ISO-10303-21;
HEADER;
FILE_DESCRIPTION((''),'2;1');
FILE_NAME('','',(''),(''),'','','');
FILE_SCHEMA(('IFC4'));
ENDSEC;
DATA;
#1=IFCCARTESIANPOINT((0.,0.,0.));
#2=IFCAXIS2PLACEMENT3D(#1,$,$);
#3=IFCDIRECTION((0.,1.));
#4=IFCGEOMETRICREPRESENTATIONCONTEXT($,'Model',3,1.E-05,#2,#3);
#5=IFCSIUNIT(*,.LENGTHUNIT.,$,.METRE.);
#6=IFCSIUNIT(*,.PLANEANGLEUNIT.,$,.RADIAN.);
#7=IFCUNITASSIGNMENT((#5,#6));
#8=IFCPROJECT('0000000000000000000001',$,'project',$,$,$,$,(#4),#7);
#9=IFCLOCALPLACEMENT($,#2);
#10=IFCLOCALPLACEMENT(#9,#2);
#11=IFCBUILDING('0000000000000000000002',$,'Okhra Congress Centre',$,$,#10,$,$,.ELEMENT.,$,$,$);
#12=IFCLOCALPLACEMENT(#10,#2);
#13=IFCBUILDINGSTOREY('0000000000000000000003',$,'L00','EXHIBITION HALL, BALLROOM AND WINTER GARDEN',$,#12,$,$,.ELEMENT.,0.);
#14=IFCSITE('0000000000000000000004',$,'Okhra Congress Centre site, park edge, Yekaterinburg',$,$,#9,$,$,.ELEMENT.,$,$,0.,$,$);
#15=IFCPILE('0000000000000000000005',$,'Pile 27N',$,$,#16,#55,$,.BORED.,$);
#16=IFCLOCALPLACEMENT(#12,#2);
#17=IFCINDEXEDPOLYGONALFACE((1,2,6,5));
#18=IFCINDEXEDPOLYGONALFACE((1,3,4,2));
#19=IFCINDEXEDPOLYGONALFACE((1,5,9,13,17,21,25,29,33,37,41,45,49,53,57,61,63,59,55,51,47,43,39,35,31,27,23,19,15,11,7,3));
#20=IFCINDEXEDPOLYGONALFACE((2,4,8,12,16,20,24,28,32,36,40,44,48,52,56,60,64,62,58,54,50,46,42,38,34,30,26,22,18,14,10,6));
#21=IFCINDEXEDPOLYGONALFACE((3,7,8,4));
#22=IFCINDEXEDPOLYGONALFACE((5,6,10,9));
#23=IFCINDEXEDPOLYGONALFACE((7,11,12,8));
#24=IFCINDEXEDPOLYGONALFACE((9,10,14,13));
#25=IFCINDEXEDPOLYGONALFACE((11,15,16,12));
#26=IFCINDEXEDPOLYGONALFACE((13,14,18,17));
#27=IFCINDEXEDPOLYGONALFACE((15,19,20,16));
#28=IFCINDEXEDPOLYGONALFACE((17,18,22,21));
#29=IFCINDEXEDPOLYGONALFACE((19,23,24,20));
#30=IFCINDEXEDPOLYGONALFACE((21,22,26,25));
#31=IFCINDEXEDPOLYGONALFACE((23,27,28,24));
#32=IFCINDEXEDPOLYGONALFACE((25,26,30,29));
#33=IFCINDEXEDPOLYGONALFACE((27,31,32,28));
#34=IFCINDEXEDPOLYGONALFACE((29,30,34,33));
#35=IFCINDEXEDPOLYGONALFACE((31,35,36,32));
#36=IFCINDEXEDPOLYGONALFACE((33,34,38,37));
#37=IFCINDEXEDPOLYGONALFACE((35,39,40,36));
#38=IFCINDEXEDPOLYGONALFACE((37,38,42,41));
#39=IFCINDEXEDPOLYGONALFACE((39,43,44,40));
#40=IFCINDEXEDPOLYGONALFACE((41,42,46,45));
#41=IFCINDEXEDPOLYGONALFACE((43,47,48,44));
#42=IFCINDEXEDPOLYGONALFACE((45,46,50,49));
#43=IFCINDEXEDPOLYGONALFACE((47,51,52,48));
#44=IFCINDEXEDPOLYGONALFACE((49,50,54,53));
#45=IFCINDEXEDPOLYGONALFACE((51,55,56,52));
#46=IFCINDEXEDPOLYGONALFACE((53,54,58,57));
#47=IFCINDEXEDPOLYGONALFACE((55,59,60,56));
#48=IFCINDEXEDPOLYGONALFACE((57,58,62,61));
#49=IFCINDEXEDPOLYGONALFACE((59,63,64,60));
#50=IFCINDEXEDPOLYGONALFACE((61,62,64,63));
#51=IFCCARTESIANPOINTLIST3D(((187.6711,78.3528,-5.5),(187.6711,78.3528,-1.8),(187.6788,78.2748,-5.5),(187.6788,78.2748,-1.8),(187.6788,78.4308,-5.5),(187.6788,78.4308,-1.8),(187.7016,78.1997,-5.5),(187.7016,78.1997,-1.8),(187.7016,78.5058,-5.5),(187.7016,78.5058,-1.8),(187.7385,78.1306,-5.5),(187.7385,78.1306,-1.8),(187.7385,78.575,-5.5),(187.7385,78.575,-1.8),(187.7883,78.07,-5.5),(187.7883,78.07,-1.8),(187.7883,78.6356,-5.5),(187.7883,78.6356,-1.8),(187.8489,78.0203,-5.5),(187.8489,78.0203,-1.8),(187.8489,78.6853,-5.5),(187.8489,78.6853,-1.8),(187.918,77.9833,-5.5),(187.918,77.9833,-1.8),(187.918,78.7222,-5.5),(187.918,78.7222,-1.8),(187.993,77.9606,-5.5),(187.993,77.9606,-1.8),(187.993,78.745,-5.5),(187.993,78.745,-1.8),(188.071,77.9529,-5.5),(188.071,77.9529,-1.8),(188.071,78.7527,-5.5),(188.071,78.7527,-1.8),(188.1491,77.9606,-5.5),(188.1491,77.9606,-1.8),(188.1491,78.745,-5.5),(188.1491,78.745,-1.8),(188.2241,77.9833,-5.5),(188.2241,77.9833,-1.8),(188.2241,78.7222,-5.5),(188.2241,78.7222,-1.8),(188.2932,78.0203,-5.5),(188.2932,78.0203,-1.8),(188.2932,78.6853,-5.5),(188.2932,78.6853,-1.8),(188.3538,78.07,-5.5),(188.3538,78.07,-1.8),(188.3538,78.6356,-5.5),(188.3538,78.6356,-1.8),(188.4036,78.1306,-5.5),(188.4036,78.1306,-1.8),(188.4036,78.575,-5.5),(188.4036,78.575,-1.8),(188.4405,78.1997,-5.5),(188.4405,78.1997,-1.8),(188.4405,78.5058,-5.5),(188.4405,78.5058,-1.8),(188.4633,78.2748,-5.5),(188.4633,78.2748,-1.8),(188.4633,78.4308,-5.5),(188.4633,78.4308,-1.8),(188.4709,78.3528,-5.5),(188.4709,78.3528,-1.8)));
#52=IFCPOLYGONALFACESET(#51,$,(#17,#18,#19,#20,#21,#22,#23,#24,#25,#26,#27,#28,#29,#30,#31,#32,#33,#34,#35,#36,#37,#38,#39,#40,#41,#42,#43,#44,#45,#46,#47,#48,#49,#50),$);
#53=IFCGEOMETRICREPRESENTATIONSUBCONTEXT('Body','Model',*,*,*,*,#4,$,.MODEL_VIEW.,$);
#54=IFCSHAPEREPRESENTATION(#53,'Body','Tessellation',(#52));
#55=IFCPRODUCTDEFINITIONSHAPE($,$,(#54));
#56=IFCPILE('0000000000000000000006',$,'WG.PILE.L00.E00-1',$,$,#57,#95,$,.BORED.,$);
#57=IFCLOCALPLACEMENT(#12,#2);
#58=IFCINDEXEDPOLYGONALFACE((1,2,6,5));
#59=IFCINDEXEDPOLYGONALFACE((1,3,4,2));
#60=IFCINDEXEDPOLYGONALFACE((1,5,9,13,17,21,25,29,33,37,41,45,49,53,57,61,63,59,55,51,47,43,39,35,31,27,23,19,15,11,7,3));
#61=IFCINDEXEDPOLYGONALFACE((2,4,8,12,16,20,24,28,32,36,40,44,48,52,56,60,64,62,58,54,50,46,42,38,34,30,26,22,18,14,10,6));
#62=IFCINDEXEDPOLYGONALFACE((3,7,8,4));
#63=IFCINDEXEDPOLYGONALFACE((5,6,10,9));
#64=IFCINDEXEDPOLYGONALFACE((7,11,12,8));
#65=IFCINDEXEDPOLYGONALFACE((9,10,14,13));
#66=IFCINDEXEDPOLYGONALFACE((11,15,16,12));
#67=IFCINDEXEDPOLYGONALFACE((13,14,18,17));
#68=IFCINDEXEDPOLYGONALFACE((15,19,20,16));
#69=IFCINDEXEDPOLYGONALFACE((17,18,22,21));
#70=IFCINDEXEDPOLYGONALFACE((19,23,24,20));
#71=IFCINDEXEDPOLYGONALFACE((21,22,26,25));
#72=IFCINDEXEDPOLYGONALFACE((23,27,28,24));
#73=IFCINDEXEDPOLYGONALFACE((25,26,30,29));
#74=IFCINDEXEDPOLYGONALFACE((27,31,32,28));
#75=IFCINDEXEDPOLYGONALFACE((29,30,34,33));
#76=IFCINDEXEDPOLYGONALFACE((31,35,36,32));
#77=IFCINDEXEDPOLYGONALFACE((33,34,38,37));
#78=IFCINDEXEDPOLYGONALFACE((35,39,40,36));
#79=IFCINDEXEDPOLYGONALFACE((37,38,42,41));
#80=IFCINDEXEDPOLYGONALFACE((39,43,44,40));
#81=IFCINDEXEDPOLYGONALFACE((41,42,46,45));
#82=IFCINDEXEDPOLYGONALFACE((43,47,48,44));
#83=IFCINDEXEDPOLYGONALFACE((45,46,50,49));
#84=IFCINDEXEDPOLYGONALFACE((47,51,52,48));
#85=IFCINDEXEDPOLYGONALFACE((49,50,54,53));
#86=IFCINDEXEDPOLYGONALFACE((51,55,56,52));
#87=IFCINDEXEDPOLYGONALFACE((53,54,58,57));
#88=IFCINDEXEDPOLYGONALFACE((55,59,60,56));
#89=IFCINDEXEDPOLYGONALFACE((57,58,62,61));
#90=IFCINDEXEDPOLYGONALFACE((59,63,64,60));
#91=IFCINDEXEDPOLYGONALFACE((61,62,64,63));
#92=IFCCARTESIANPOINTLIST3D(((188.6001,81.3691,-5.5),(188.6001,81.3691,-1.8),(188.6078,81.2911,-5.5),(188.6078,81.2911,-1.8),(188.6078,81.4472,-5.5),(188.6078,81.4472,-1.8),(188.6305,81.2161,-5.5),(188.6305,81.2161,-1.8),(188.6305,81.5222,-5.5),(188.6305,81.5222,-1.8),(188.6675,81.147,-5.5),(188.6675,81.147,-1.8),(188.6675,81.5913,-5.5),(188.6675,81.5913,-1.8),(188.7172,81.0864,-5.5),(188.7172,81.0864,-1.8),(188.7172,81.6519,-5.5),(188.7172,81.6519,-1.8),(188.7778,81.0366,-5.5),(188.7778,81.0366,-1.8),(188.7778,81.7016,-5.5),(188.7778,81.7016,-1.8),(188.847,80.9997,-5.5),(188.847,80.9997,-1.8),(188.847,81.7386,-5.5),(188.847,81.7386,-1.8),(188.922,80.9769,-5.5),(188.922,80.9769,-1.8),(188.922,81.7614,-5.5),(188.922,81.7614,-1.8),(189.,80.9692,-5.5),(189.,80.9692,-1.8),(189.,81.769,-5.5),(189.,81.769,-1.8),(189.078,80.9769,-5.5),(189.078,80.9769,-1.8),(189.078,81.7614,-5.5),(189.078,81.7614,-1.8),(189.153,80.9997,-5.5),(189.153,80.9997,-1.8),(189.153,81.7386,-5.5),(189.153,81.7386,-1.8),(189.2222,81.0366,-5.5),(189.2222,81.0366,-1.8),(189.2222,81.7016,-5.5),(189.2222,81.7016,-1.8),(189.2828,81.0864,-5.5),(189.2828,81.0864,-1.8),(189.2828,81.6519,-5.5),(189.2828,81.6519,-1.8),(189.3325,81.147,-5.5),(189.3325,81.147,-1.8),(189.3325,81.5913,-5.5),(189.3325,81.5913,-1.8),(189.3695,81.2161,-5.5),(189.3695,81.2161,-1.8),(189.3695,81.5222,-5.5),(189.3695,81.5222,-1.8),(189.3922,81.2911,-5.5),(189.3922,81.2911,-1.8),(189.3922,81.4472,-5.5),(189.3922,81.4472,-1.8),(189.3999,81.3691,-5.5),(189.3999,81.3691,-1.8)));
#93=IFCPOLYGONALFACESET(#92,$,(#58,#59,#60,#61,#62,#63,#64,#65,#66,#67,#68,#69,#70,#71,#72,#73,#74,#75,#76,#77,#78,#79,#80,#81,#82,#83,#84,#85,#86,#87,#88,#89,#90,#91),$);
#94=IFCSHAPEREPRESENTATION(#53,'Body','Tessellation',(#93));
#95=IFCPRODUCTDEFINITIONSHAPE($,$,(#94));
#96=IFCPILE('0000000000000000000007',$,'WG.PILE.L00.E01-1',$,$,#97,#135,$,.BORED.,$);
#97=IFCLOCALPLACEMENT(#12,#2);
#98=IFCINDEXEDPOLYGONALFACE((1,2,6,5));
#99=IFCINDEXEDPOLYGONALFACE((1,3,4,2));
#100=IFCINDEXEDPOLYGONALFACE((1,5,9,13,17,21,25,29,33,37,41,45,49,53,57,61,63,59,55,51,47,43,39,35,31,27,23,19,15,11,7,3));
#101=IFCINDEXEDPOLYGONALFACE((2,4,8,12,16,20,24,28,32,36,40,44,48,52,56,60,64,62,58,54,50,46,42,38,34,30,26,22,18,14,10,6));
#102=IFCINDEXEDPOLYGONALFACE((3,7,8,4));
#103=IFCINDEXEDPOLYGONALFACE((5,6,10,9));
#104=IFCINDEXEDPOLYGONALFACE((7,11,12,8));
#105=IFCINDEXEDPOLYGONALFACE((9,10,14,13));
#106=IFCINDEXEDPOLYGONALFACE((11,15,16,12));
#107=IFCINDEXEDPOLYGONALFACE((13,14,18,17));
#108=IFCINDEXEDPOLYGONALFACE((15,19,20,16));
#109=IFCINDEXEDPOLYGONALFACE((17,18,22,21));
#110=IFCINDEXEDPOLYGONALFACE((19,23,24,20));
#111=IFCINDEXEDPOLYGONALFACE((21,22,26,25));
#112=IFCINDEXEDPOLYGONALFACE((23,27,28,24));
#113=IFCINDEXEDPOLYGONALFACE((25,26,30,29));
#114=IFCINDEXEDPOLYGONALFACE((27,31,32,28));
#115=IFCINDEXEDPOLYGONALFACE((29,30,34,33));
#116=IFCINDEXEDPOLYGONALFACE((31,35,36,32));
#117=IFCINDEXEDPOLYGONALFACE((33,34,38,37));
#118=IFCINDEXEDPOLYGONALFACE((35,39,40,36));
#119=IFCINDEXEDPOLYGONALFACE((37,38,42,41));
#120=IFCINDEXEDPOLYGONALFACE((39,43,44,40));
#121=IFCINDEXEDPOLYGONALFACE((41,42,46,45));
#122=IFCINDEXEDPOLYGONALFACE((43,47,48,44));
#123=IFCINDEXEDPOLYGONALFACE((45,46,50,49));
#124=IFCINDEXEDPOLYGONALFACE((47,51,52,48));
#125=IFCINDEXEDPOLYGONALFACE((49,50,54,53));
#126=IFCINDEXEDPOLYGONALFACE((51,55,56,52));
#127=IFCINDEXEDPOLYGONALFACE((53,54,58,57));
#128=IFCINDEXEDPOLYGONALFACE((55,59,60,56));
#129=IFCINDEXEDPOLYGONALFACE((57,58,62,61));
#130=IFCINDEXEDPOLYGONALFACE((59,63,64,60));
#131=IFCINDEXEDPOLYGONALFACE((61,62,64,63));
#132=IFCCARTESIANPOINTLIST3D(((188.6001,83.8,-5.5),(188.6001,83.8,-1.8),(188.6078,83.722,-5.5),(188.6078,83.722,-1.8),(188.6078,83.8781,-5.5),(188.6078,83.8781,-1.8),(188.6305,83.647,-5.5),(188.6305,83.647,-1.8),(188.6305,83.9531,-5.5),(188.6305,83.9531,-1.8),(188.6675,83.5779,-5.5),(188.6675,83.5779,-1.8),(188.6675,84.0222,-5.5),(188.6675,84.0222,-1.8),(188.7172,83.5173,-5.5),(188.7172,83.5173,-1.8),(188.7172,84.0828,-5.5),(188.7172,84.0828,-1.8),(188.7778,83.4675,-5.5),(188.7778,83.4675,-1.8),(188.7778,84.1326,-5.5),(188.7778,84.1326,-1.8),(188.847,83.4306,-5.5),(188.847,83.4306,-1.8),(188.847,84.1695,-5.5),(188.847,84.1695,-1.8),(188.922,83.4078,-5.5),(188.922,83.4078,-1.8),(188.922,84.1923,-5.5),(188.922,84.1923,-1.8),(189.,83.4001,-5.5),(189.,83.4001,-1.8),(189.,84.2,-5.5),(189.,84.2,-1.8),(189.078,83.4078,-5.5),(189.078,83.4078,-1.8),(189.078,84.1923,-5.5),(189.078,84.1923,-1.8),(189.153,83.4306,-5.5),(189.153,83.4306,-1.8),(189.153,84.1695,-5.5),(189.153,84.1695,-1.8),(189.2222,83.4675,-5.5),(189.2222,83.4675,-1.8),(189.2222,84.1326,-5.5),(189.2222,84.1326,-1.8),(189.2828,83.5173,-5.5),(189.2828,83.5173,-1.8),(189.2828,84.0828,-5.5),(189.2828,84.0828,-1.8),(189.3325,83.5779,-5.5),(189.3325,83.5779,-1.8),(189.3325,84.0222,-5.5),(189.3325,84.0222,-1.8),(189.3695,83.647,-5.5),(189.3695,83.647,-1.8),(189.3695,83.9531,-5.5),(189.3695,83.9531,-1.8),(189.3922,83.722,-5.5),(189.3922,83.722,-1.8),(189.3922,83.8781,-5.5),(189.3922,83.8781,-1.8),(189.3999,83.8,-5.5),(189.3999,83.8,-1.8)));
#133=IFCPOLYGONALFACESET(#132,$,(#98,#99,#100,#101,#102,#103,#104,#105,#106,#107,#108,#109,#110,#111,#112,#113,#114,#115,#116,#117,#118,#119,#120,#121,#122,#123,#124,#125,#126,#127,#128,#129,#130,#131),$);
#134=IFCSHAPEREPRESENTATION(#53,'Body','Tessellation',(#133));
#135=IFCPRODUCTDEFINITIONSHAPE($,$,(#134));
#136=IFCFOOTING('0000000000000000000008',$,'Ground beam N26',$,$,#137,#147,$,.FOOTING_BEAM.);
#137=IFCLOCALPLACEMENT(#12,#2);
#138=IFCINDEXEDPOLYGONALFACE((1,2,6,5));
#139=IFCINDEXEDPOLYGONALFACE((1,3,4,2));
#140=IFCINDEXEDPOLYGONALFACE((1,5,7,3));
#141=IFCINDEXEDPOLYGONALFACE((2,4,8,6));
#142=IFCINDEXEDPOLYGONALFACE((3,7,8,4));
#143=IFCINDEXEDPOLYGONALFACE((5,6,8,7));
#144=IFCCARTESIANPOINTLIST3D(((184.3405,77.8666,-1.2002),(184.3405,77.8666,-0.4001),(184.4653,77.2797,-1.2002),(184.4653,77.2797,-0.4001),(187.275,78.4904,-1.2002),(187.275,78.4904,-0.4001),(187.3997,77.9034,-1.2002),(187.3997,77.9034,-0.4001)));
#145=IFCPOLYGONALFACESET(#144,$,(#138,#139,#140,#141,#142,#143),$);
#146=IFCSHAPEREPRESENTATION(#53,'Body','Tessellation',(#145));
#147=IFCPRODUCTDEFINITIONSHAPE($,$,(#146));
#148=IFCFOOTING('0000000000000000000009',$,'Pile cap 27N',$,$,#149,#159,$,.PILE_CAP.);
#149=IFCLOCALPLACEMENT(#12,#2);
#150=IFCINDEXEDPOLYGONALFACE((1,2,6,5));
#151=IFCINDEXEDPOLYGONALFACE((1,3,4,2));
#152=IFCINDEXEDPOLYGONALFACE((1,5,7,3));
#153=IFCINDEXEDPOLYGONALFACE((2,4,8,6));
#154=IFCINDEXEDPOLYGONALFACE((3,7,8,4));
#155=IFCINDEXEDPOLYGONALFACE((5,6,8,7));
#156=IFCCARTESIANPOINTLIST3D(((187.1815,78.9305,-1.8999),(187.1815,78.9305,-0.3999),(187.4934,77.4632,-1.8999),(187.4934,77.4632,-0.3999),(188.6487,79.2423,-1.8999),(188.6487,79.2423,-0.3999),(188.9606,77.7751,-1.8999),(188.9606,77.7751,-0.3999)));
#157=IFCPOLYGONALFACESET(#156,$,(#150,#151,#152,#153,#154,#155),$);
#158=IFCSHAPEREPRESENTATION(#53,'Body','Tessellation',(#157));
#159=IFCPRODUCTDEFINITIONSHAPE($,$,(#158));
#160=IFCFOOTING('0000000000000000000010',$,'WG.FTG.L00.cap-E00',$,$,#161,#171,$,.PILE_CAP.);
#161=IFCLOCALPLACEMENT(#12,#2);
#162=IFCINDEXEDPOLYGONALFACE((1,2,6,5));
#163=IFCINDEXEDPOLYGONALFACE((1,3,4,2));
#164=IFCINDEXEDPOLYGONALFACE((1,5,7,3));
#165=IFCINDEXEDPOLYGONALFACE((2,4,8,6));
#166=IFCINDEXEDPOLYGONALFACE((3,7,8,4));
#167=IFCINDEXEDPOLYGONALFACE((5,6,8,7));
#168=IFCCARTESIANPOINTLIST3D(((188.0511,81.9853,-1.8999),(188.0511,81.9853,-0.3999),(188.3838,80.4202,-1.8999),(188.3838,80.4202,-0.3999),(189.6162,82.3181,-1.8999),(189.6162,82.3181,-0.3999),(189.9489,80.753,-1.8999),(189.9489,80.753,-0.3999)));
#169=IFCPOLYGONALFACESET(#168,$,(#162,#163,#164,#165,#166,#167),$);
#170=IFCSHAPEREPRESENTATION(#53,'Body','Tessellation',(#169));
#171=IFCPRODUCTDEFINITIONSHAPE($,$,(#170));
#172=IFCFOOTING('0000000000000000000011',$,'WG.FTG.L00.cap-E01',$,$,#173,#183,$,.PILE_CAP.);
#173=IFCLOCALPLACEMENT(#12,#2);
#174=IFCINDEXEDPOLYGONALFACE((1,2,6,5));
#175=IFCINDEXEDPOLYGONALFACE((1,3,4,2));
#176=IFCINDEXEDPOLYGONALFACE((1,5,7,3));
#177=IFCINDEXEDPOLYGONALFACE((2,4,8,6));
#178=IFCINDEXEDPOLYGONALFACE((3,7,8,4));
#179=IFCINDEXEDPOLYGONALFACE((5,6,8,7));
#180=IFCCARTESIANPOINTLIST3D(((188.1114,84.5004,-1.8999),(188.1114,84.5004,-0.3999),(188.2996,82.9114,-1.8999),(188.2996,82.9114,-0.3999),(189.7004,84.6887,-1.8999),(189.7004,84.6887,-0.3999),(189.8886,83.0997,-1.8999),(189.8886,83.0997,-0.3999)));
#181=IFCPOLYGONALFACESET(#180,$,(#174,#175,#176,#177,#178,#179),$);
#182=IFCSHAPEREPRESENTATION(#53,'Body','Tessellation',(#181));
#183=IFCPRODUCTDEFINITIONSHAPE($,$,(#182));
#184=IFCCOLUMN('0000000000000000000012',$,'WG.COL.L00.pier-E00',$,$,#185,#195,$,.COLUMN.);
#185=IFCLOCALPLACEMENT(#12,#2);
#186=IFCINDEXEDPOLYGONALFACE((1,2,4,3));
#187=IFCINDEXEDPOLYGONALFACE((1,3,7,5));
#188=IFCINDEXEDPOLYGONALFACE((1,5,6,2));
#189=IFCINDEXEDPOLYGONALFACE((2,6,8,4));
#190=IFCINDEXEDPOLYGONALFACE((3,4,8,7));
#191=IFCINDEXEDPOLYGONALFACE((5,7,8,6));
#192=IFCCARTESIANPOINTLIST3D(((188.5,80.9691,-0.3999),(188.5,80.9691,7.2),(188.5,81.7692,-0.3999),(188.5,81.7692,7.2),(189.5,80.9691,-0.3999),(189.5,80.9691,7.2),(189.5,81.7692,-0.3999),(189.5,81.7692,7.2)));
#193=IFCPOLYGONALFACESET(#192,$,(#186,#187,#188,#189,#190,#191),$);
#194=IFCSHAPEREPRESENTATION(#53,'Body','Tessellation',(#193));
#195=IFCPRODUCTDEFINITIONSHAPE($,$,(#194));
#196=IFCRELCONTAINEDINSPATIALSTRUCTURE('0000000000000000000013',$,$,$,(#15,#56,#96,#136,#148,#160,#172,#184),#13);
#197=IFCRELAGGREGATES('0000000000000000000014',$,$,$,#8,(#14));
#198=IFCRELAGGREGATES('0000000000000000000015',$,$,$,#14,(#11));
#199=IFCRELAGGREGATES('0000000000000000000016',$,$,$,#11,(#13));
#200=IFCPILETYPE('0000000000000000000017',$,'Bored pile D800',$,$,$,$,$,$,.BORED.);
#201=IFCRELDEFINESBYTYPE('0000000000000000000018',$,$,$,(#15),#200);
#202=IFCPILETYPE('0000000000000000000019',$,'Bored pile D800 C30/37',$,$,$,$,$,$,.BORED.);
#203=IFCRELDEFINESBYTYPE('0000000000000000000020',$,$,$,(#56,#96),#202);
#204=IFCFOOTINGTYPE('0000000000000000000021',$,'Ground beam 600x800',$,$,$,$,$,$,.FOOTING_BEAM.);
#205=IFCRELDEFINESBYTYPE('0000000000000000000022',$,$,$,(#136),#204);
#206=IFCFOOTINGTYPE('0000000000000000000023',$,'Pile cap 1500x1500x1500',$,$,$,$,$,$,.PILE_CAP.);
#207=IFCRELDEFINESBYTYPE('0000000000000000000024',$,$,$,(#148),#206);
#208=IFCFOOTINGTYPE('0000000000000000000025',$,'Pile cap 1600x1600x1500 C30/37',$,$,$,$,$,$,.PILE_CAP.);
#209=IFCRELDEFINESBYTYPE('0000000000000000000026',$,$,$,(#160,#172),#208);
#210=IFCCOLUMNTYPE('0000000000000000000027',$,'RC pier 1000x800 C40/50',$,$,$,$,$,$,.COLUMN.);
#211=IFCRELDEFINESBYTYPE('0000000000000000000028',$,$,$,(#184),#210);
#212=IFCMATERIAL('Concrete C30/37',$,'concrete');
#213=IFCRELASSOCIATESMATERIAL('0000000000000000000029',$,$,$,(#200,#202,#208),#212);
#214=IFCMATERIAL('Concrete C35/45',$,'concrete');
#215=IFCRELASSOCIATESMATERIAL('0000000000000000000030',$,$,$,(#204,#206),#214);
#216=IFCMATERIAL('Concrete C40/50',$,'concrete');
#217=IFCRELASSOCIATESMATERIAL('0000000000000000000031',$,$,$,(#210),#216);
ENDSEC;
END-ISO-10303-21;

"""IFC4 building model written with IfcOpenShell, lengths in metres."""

from ifc_helpers import new_model, si_unit, direction, frame, origin, origin_2d, place, context, subcontext, project, spatial, rectangle, circle, extrude, material, material_profile, profile_set, type_object, element, save


model = new_model("IFC4")

# Units and contexts
model_context = context("Model", 3, precision=1e-05, world=origin(), true_north=direction((0.0, 1.0)))
body_context = subcontext(model_context, "Body", "Model", "MODEL_VIEW")
ifc_project = project(units=[si_unit("LENGTHUNIT", "METRE"), si_unit("PLANEANGLEUNIT", "RADIAN")], contexts=[model_context])

# Site, building, storey
site_placement = place(None, origin())
site = spatial("IfcSite", under=ifc_project, at=site_placement, Name="Okhra Congress Centre site, park edge, Yekaterinburg", CompositionType="ELEMENT", RefElevation=0.0)
building_placement = place(site_placement, origin())
building = spatial("IfcBuilding", under=site, at=building_placement, Name="Okhra Congress Centre", CompositionType="ELEMENT")
storey_placement = place(building_placement, origin())
storey = spatial("IfcBuildingStorey", under=building, at=storey_placement, Name="L00", Description="EXHIBITION HALL, BALLROOM AND WINTER GARDEN", CompositionType="ELEMENT", Elevation=0.0)

# Piles
ifc_material_1 = material(Name="Concrete C30/37", Category="concrete")
ifc_material_profile_1 = material_profile(ifc_material_1, circle(Radius=0.3999, at=origin_2d()), Name="D800")
ifc_profile_set_1 = profile_set([ifc_material_profile_1], Name="Concrete C30/37")
pile_type_1 = type_object("IfcPileType", Name="Bored pile D800", PredefinedType="BORED", material=ifc_profile_set_1)
pile_placement = place(storey_placement, frame((188.071, 78.3528, -1.8), z_axis=(0.0, 0.0, -1.0), x_axis=(1.0, 0.0, 0.0)))
element("IfcPile", 1, at=pile_placement, inside=storey, type_object=pile_type_1, Name="Pile 27N", PredefinedType="BORED", context=body_context, shape_type="SweptSolid", body=[
    extrude(circle(Radius=0.3999, at=origin_2d()), origin(), (0.0, 0.0, 1.0), 3.7),
])
ifc_material_profile_2 = material_profile(ifc_material_1, circle(Radius=0.3999, at=origin_2d()), Name="D800")
ifc_profile_set_2 = profile_set([ifc_material_profile_2], Name="Concrete C30/37")
pile_type_2 = type_object("IfcPileType", Name="Bored pile D800 C30/37", PredefinedType="BORED", material=ifc_profile_set_2)
for number, where, z_axis, x_axis, name in (
    (2, (189.0, 81.3691, -1.8), (0.0, 0.0, -1.0), (1.0, 0.0, 0.0), "WG.PILE.L00.E00-1"),
    (3, (189.0, 83.8, -1.8), (0.0, 0.0, -1.0), (1.0, 0.0, 0.0), "WG.PILE.L00.E01-1"),
):
    element("IfcPile", number, at=place(storey_placement, frame(where, z_axis=z_axis, x_axis=x_axis)), inside=storey, type_object=pile_type_2, Name=name, PredefinedType="BORED", context=body_context, shape_type="SweptSolid", body=[
        extrude(circle(Radius=0.3999, at=origin_2d()), origin(), (0.0, 0.0, 1.0), 3.7),
    ])

# Footings
ifc_material_2 = material(Name="Concrete C35/45", Category="concrete")
footing_type_1 = type_object("IfcFootingType", Name="Ground beam 600x800", PredefinedType="FOOTING_BEAM", material=ifc_material_2)
footing_1_placement = place(storey_placement, frame((185.8701, 77.885, -1.2002), z_axis=(0.0, 0.0, 1.0), x_axis=(0.978148, 0.207912, 0.0)))
element("IfcFooting", 4, at=footing_1_placement, inside=storey, type_object=footing_type_1, Name="Ground beam N26", PredefinedType="FOOTING_BEAM", context=body_context, shape_type="SweptSolid", body=[
    extrude(rectangle(XDim=3.0, YDim=0.6001, at=origin_2d()), origin(), (0.0, 0.0, 1.0), 0.8),
])
footing_type_2 = type_object("IfcFootingType", Name="Pile cap 1500x1500x1500", PredefinedType="PILE_CAP", material=ifc_material_2)
footing_2_placement = place(storey_placement, frame((188.071, 78.3528, -1.8999), z_axis=(0.0, 0.0, 1.0), x_axis=(0.978148, 0.207912, 0.0)))
element("IfcFooting", 5, at=footing_2_placement, inside=storey, type_object=footing_type_2, Name="Pile cap 27N", PredefinedType="PILE_CAP", context=body_context, shape_type="SweptSolid", body=[
    extrude(rectangle(XDim=1.5, YDim=1.5, at=origin_2d()), origin(), (0.0, 0.0, 1.0), 1.5),
])
footing_type_3 = type_object("IfcFootingType", Name="Pile cap 1600x1600x1500 C30/37", PredefinedType="PILE_CAP", material=ifc_material_1)
for number, where, z_axis, x_axis, name in (
    (6, (189.0, 81.3691, -1.8999), (0.0, 0.0, 1.0), (0.978139, 0.207952, 0.0), "WG.FTG.L00.cap-E00"),
    (7, (189.0, 83.8, -1.8999), (0.0, 0.0, 1.0), (0.993056, 0.117644, 0.0), "WG.FTG.L00.cap-E01"),
):
    element("IfcFooting", number, at=place(storey_placement, frame(where, z_axis=z_axis, x_axis=x_axis)), inside=storey, type_object=footing_type_3, Name=name, PredefinedType="PILE_CAP", context=body_context, shape_type="SweptSolid", body=[
        extrude(rectangle(XDim=1.6001, YDim=1.6001, at=origin_2d()), origin(), (0.0, 0.0, 1.0), 1.5),
    ])

# Column
ifc_material_3 = material(Name="Concrete C40/50", Category="concrete")
ifc_material_profile_3 = material_profile(ifc_material_3, rectangle(XDim=1.0, YDim=0.8, at=origin_2d()), Name="RC 1000x800")
ifc_profile_set_3 = profile_set([ifc_material_profile_3], Name="Concrete C40/50")
column_type_1 = type_object("IfcColumnType", Name="RC pier 1000x800 C40/50", PredefinedType="COLUMN", material=ifc_profile_set_3)
for number, where, z_axis, x_axis, name in (
    (8, (189.0, 81.3691, -0.3999), (0.0, 0.0, 1.0), (1.0, 0.0, 0.0), "WG.COL.L00.pier-E00"),
):
    element("IfcColumn", number, at=place(storey_placement, frame(where, z_axis=z_axis, x_axis=x_axis)), inside=storey, type_object=column_type_1, Name=name, PredefinedType="COLUMN", context=body_context, shape_type="SweptSolid", body=[
        extrude(rectangle(XDim=1.0, YDim=0.8, at=origin_2d()), origin(), (0.0, 0.0, 1.0), 7.5999),
    ])

save(model, "model.ifc")
